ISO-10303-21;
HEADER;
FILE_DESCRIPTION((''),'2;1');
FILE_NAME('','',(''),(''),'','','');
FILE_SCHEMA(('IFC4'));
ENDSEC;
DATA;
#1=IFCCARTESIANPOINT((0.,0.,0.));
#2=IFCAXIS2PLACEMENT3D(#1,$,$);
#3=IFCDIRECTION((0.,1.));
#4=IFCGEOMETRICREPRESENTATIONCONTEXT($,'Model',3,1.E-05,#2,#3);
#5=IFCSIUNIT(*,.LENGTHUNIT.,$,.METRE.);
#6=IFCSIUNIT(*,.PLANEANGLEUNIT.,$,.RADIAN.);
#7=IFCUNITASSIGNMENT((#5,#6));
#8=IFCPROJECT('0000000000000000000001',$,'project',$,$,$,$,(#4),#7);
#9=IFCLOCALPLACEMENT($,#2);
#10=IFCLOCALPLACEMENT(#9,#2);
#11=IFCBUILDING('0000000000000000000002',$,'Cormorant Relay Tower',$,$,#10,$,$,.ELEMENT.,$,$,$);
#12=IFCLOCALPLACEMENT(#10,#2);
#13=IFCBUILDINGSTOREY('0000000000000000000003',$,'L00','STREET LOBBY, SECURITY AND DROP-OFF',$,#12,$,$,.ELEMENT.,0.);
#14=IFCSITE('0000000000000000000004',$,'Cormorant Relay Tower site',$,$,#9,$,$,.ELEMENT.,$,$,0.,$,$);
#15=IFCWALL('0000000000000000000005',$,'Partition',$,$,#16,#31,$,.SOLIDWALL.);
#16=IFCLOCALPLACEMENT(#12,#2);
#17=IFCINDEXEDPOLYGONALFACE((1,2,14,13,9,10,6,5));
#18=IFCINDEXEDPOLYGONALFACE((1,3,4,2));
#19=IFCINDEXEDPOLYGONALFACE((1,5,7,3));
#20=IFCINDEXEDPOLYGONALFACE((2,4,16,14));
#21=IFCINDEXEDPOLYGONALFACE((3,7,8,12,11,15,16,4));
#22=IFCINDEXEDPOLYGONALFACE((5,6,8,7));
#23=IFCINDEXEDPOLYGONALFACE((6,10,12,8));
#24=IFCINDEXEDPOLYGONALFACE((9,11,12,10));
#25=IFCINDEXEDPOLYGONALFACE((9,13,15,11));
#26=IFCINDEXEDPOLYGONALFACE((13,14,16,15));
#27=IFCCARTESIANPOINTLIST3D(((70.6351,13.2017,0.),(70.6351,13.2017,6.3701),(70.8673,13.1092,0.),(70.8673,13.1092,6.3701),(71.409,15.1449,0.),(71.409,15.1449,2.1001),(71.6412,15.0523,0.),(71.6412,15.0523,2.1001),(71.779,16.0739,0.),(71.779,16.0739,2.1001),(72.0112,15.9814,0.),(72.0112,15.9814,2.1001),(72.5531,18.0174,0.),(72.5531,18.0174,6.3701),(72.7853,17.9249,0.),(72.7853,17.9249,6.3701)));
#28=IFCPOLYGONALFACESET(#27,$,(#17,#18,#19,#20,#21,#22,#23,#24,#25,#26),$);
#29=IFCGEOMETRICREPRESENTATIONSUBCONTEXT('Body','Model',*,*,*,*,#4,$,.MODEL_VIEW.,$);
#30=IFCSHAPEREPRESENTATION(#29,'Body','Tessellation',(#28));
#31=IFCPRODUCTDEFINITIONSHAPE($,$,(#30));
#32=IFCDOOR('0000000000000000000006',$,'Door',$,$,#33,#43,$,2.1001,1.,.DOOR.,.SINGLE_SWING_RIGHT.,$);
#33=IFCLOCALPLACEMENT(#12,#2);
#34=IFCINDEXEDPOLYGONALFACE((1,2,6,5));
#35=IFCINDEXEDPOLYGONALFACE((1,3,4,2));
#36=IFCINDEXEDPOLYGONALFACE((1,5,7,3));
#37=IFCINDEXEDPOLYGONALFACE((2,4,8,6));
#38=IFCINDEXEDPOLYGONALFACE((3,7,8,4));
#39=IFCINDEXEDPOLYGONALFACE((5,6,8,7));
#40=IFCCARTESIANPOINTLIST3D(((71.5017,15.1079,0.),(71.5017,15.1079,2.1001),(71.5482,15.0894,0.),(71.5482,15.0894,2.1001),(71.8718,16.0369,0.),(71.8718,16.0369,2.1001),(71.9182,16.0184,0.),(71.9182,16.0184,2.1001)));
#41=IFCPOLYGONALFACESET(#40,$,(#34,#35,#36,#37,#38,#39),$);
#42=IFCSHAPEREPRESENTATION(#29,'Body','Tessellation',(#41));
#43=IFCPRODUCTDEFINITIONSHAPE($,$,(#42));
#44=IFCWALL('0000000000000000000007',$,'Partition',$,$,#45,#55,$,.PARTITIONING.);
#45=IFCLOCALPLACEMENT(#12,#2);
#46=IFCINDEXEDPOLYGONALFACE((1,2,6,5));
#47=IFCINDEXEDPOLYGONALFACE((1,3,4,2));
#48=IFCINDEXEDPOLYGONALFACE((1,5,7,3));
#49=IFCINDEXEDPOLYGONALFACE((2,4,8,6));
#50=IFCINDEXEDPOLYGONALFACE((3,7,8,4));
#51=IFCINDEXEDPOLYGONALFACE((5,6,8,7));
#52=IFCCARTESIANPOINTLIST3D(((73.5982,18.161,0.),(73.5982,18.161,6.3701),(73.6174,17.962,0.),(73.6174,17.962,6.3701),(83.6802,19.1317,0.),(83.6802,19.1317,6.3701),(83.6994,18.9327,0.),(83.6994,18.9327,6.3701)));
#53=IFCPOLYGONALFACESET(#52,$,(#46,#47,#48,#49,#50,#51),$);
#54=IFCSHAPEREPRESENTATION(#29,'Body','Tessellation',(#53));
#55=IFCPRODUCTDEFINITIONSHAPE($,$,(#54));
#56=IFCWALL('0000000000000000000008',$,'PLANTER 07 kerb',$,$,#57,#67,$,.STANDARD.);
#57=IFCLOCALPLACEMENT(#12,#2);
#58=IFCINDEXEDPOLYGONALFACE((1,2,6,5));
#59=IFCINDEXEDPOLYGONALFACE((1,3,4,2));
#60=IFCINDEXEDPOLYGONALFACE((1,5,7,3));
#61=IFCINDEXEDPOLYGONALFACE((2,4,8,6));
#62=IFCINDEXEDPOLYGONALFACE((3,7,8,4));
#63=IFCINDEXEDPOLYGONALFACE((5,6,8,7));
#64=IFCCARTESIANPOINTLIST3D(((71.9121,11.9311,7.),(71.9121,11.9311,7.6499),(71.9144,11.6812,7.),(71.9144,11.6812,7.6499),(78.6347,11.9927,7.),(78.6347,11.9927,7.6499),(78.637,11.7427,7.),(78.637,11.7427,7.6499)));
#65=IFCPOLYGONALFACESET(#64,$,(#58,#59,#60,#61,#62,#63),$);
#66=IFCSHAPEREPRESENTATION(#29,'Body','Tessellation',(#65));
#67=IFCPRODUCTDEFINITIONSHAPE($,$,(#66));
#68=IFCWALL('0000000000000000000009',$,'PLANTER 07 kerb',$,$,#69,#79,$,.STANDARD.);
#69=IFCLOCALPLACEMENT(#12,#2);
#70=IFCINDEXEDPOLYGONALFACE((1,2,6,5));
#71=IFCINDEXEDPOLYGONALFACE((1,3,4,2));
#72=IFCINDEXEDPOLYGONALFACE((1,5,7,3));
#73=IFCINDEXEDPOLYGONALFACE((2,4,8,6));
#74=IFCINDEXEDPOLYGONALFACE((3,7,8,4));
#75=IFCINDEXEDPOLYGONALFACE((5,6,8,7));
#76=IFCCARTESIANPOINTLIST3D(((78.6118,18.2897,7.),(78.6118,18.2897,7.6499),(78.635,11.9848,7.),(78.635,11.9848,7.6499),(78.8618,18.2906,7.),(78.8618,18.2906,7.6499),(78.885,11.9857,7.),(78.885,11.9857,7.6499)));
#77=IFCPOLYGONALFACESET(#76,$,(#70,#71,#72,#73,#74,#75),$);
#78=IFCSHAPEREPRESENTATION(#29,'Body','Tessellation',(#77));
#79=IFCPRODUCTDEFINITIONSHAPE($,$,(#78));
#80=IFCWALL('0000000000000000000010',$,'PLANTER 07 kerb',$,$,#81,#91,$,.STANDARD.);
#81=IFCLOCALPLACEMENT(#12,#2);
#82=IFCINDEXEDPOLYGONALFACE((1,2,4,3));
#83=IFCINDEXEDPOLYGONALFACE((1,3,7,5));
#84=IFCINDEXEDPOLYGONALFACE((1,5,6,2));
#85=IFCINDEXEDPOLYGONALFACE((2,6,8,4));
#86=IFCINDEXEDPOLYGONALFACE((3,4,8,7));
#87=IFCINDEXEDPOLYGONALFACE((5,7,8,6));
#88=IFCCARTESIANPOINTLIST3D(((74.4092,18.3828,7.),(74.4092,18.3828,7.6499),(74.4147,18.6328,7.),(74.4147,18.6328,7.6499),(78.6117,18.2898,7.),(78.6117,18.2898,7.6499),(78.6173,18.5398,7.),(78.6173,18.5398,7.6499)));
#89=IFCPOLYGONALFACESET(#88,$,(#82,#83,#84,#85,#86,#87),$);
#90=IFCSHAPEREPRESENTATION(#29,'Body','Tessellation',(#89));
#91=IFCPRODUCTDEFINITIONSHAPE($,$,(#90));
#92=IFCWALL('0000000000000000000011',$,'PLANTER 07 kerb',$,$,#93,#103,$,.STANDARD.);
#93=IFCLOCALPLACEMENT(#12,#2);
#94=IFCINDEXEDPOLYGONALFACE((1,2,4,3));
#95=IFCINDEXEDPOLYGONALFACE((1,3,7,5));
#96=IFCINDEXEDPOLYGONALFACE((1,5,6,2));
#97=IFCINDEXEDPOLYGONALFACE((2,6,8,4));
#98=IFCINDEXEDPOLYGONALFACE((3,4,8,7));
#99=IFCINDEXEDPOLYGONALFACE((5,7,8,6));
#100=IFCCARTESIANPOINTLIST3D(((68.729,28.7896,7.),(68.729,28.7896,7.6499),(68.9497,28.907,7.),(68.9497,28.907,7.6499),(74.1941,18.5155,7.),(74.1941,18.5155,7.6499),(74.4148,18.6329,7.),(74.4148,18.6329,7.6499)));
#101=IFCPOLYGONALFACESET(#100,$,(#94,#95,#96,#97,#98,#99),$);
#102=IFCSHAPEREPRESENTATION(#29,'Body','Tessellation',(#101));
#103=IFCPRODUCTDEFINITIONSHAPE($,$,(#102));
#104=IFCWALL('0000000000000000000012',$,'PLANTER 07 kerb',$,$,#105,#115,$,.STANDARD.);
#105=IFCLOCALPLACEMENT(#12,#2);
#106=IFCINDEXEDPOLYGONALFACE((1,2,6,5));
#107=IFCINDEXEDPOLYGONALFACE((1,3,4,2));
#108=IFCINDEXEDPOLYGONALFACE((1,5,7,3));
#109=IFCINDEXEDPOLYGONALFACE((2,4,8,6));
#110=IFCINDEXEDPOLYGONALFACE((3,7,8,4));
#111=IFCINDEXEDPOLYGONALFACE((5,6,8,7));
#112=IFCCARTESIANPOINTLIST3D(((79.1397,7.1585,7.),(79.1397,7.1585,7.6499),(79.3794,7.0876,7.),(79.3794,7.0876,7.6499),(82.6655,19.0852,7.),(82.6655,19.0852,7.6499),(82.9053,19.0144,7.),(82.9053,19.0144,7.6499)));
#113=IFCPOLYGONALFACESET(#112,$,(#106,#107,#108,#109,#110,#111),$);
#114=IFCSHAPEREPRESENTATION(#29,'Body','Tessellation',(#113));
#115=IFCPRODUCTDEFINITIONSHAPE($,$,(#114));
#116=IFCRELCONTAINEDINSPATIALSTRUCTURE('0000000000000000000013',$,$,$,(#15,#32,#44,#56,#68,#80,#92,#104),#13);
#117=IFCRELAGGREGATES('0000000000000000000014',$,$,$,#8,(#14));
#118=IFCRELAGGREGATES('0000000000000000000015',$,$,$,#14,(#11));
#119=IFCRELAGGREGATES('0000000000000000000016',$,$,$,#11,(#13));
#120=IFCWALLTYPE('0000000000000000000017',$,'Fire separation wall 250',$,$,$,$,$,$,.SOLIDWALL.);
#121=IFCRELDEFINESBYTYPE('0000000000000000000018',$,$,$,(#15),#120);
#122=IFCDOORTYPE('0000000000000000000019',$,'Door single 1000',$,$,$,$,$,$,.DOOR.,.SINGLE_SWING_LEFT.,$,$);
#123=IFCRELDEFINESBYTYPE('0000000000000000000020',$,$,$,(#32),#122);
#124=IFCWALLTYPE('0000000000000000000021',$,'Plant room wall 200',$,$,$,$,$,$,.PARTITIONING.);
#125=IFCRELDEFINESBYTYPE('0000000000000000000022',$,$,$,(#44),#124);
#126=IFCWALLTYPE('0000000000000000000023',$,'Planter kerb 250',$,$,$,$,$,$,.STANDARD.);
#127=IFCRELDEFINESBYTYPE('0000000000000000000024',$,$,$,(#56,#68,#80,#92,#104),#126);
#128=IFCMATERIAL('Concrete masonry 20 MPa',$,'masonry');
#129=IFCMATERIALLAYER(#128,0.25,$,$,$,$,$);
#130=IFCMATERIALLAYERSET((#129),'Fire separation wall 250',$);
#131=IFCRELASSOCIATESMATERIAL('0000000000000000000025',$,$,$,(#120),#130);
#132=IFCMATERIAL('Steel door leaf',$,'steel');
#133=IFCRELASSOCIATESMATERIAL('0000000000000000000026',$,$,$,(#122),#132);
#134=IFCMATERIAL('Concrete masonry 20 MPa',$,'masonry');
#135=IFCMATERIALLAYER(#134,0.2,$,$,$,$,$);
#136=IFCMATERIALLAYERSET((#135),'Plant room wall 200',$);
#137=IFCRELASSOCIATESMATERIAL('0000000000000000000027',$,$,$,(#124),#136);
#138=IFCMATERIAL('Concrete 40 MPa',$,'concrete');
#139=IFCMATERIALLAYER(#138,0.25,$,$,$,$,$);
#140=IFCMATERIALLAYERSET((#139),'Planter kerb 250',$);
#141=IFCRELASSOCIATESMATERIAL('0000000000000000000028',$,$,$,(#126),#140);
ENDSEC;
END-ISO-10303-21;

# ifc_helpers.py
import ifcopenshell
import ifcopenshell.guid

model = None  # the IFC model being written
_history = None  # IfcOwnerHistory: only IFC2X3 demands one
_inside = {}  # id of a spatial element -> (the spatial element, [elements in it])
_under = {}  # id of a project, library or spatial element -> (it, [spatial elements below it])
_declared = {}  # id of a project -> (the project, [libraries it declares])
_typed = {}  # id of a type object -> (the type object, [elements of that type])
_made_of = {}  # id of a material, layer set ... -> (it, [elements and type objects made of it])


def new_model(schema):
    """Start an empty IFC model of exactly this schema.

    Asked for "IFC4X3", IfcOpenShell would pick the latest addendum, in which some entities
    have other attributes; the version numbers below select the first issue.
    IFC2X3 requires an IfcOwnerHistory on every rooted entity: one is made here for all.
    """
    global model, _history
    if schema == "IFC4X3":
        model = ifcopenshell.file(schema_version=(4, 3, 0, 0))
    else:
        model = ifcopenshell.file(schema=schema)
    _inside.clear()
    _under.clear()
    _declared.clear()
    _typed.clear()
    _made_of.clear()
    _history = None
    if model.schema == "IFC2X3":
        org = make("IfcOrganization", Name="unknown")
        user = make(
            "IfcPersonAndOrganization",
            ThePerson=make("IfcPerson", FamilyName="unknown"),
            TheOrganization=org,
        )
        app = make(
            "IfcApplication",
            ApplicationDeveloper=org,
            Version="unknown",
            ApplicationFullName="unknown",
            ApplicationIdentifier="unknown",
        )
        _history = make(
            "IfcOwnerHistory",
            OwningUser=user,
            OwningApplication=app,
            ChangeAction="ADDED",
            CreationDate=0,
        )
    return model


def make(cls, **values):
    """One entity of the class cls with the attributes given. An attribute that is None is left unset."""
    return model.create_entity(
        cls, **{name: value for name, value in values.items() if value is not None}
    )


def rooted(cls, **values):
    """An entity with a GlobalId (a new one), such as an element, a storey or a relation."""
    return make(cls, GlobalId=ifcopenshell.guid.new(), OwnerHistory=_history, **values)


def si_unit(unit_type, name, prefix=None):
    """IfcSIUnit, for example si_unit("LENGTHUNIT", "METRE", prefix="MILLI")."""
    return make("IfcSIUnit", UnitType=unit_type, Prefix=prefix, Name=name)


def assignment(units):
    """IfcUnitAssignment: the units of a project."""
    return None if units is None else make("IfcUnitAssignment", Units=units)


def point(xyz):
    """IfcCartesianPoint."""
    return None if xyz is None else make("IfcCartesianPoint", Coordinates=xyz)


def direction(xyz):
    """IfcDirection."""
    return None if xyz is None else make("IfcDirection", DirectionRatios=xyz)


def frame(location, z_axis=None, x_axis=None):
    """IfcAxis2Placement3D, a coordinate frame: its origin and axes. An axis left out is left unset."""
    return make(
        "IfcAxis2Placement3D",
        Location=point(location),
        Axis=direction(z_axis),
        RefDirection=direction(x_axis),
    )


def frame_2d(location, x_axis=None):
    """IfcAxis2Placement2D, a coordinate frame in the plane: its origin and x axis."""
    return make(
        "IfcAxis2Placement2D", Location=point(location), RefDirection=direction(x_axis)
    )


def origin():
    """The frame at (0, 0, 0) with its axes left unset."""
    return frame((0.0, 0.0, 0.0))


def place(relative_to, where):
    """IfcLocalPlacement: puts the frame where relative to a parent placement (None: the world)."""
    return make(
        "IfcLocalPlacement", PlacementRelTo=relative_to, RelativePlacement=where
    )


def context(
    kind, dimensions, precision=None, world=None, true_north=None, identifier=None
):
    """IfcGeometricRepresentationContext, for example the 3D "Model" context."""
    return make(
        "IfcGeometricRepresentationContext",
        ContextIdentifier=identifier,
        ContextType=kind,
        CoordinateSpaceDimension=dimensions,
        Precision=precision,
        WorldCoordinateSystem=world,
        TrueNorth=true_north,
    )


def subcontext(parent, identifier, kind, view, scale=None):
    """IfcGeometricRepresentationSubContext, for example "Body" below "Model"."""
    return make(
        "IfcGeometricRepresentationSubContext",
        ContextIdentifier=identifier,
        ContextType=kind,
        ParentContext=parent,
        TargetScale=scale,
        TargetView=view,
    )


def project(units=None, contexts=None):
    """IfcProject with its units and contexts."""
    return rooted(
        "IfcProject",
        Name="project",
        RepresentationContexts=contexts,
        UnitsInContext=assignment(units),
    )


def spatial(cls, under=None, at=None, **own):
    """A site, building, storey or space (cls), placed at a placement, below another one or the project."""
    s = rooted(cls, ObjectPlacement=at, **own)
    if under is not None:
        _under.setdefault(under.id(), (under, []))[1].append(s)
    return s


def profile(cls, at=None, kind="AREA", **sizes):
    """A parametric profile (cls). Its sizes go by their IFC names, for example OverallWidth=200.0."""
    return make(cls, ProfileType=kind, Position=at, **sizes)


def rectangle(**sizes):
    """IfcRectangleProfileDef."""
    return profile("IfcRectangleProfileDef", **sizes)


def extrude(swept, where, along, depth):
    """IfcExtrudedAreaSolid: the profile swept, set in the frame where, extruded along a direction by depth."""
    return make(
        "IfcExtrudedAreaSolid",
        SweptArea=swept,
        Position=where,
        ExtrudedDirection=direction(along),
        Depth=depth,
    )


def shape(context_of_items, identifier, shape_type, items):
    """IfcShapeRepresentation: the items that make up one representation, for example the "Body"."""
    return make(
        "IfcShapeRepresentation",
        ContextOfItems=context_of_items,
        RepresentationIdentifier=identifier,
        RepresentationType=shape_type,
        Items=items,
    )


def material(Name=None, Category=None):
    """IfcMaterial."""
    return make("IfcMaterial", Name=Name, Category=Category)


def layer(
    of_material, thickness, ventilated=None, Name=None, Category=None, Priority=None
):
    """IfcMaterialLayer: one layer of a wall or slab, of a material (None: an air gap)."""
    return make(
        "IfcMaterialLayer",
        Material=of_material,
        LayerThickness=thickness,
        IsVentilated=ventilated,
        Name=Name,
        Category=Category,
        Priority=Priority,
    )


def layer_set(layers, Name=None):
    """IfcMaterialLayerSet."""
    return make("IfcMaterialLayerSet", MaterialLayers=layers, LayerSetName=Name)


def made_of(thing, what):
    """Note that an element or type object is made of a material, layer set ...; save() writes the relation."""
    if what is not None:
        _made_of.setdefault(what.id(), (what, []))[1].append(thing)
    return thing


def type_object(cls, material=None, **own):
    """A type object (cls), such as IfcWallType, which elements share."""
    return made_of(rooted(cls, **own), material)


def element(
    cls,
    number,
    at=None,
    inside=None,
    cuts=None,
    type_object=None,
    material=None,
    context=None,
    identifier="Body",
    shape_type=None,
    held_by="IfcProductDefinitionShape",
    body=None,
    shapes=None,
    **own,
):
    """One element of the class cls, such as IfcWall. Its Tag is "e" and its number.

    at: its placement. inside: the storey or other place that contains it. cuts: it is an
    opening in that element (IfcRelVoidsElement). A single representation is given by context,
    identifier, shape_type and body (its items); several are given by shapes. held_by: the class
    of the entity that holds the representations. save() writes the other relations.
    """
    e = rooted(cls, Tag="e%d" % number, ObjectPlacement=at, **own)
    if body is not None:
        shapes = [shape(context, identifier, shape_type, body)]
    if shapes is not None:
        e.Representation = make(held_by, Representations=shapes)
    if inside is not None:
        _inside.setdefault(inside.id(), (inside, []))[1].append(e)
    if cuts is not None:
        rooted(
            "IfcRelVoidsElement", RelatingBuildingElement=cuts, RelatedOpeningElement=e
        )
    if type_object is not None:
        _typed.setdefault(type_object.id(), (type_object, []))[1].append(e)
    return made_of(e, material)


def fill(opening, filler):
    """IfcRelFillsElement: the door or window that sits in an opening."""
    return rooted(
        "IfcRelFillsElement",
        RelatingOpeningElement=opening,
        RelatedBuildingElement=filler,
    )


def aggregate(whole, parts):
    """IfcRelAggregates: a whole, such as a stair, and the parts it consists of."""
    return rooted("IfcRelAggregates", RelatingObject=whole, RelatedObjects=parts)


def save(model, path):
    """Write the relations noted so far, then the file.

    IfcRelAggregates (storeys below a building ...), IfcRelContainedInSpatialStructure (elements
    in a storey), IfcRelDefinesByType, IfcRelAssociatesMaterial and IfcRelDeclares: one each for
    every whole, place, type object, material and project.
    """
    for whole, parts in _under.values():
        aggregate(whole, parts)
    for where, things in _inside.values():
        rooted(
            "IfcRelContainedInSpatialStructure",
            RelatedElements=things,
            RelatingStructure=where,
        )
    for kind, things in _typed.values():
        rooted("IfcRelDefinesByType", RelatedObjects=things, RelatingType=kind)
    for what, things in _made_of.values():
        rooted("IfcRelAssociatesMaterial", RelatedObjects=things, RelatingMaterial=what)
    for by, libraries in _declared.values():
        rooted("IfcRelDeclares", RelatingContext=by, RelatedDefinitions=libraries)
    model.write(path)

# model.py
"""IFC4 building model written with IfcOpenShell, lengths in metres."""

from ifc_helpers import new_model, si_unit, direction, frame, frame_2d, origin, place, context, subcontext, project, spatial, rectangle, extrude, material, layer, layer_set, type_object, element, fill, save


model = new_model("IFC4")

# Units and contexts
model_context = context("Model", 3, precision=1e-05, world=origin(), true_north=direction((0.0, 1.0)))
body_context = subcontext(model_context, "Body", "Model", "MODEL_VIEW")
ifc_project = project(units=[si_unit("LENGTHUNIT", "METRE"), si_unit("PLANEANGLEUNIT", "RADIAN")], contexts=[model_context])

# Site, building, storey
site_placement = place(None, origin())
site = spatial("IfcSite", under=ifc_project, at=site_placement, Name="Cormorant Relay Tower site", CompositionType="ELEMENT", RefElevation=0.0)
building_placement = place(site_placement, origin())
building = spatial("IfcBuilding", under=site, at=building_placement, Name="Cormorant Relay Tower", CompositionType="ELEMENT")
storey_placement = place(building_placement, origin())
storey = spatial("IfcBuildingStorey", under=building, at=storey_placement, Name="L00", Description="STREET LOBBY, SECURITY AND DROP-OFF", CompositionType="ELEMENT", Elevation=0.0)

# Wall, opening, door
ifc_material_1 = material(Name="Concrete masonry 20 MPa", Category="masonry")
ifc_layer_1 = layer(ifc_material_1, 0.25)
ifc_layer_set_1 = layer_set([ifc_layer_1], Name="Fire separation wall 250")
wall_type_1 = type_object("IfcWallType", Name="Fire separation wall 250", PredefinedType="SOLIDWALL", material=ifc_layer_set_1)
wall_1_placement = place(storey_placement, frame((72.6692, 17.9712, 0.0), z_axis=(0.0, 0.0, 1.0), x_axis=(-0.37001, -0.929028, 0.0)))
wall_1 = element("IfcWall", 1, at=wall_1_placement, inside=storey, type_object=wall_type_1, Name="Partition", PredefinedType="SOLIDWALL", context=body_context, shape_type="SweptSolid", body=[
    extrude(rectangle(XDim=5.1836, YDim=0.25, at=frame_2d((2.5918, 0.0))), origin(), (0.0, 0.0, 1.0), 6.3701),
])
opening_1_placement = place(wall_1_placement, frame((2.092, 0.0, 0.0)))
opening_1 = element("IfcOpeningElement", 2, at=opening_1_placement, cuts=wall_1, PredefinedType="OPENING", context=body_context, shape_type="SweptSolid", body=[
    extrude(rectangle(XDim=1.0, YDim=2.1001, at=frame_2d((0.5, 1.05))), frame((0.0, 0.135, 0.0), z_axis=(0.0, -1.0, 0.0), x_axis=(1.0, 0.0, 0.0)), (0.0, 0.0, 1.0), 0.27),
])
ifc_material_2 = material(Name="Steel door leaf", Category="steel")
door_type_1 = type_object("IfcDoorType", Name="Door single 1000", OperationType="SINGLE_SWING_LEFT", PredefinedType="DOOR", material=ifc_material_2)
door_1_placement = place(opening_1_placement, origin())
door_1 = element("IfcDoor", 3, at=door_1_placement, inside=storey, type_object=door_type_1, Name="Door", OperationType="SINGLE_SWING_RIGHT", OverallHeight=2.1001, OverallWidth=1.0, PredefinedType="DOOR", context=body_context, shape_type="SweptSolid", body=[
    extrude(rectangle(XDim=1.0, YDim=2.1001, at=frame_2d((0.5, 1.05))), frame((0.0, 0.0249, 0.0), z_axis=(0.0, -1.0, 0.0), x_axis=(1.0, 0.0, 0.0)), (0.0, 0.0, 1.0), 0.05),
])
fill(opening_1, door_1)

# Walls
ifc_material_3 = material(Name="Concrete masonry 20 MPa", Category="masonry")
ifc_layer_2 = layer(ifc_material_3, 0.2)
ifc_layer_set_2 = layer_set([ifc_layer_2], Name="Plant room wall 200")
wall_type_2 = type_object("IfcWallType", Name="Plant room wall 200", PredefinedType="PARTITIONING", material=ifc_layer_set_2)
wall_2_placement = place(storey_placement, frame((83.6899, 19.0322, 0.0), z_axis=(0.0, 0.0, 1.0), x_axis=(-0.995397, -0.095837, 0.0)))
element("IfcWall", 4, at=wall_2_placement, inside=storey, type_object=wall_type_2, Name="Partition", PredefinedType="PARTITIONING", context=body_context, shape_type="SweptSolid", body=[
    extrude(rectangle(XDim=10.1287, YDim=0.2, at=frame_2d((5.0645, 0.0))), origin(), (0.0, 0.0, 1.0), 6.3701),
])
ifc_material_4 = material(Name="Concrete 40 MPa", Category="concrete")
ifc_layer_3 = layer(ifc_material_4, 0.25)
ifc_layer_set_3 = layer_set([ifc_layer_3], Name="Planter kerb 250")
wall_type_3 = type_object("IfcWallType", Name="Planter kerb 250", PredefinedType="STANDARD", material=ifc_layer_set_3)
wall_3_placement = place(storey_placement, frame((71.9133, 11.8062, 7.0), z_axis=(0.0, 0.0, 1.0), x_axis=(0.999958, 0.009151, 0.0)))
element("IfcWall", 5, at=wall_3_placement, inside=storey, type_object=wall_type_3, Name="PLANTER 07 kerb", PredefinedType="STANDARD", context=body_context, shape_type="SweptSolid", body=[
    extrude(rectangle(XDim=6.7229, YDim=0.25, at=frame_2d((3.3613, 0.0))), origin(), (0.0, 0.0, 1.0), 0.6499),
])
wall_4_placement = place(storey_placement, frame((78.76, 11.9854, 7.0), z_axis=(0.0, 0.0, 1.0), x_axis=(-0.003679, 0.999993, 0.0)))
element("IfcWall", 6, at=wall_4_placement, inside=storey, type_object=wall_type_3, Name="PLANTER 07 kerb", PredefinedType="STANDARD", context=body_context, shape_type="SweptSolid", body=[
    extrude(rectangle(XDim=6.3049, YDim=0.25, at=frame_2d((3.1523, 0.0))), origin(), (0.0, 0.0, 1.0), 0.6499),
])
wall_5_placement = place(storey_placement, frame((78.6145, 18.4148, 7.0), z_axis=(0.0, 0.0, 1.0), x_axis=(-0.999755, 0.022128, 0.0)))
element("IfcWall", 7, at=wall_5_placement, inside=storey, type_object=wall_type_3, Name="PLANTER 07 kerb", PredefinedType="STANDARD", context=body_context, shape_type="SweptSolid", body=[
    extrude(rectangle(XDim=4.2036, YDim=0.25, at=frame_2d((2.1018, 0.0))), origin(), (0.0, 0.0, 1.0), 0.6499),
])
wall_6_placement = place(storey_placement, frame((74.3044, 18.5742, 7.0), z_axis=(0.0, 0.0, 1.0), x_axis=(-0.46962, 0.882869, 0.0)))
element("IfcWall", 8, at=wall_6_placement, inside=storey, type_object=wall_type_3, Name="PLANTER 07 kerb", PredefinedType="STANDARD", context=body_context, shape_type="SweptSolid", body=[
    extrude(rectangle(XDim=11.6372, YDim=0.25, at=frame_2d((5.8186, 0.0))), origin(), (0.0, 0.0, 1.0), 0.6499),
])
wall_7_placement = place(storey_placement, frame((82.7854, 19.0498, 7.0), z_axis=(0.0, 0.0, 1.0), x_axis=(-0.283499, -0.958973, 0.0)))
element("IfcWall", 9, at=wall_7_placement, inside=storey, type_object=wall_type_3, Name="PLANTER 07 kerb", PredefinedType="STANDARD", context=body_context, shape_type="SweptSolid", body=[
    extrude(rectangle(XDim=12.437, YDim=0.25, at=frame_2d((6.2185, 0.0))), origin(), (0.0, 0.0, 1.0), 0.6499),
])

save(model, "model.ifc")
